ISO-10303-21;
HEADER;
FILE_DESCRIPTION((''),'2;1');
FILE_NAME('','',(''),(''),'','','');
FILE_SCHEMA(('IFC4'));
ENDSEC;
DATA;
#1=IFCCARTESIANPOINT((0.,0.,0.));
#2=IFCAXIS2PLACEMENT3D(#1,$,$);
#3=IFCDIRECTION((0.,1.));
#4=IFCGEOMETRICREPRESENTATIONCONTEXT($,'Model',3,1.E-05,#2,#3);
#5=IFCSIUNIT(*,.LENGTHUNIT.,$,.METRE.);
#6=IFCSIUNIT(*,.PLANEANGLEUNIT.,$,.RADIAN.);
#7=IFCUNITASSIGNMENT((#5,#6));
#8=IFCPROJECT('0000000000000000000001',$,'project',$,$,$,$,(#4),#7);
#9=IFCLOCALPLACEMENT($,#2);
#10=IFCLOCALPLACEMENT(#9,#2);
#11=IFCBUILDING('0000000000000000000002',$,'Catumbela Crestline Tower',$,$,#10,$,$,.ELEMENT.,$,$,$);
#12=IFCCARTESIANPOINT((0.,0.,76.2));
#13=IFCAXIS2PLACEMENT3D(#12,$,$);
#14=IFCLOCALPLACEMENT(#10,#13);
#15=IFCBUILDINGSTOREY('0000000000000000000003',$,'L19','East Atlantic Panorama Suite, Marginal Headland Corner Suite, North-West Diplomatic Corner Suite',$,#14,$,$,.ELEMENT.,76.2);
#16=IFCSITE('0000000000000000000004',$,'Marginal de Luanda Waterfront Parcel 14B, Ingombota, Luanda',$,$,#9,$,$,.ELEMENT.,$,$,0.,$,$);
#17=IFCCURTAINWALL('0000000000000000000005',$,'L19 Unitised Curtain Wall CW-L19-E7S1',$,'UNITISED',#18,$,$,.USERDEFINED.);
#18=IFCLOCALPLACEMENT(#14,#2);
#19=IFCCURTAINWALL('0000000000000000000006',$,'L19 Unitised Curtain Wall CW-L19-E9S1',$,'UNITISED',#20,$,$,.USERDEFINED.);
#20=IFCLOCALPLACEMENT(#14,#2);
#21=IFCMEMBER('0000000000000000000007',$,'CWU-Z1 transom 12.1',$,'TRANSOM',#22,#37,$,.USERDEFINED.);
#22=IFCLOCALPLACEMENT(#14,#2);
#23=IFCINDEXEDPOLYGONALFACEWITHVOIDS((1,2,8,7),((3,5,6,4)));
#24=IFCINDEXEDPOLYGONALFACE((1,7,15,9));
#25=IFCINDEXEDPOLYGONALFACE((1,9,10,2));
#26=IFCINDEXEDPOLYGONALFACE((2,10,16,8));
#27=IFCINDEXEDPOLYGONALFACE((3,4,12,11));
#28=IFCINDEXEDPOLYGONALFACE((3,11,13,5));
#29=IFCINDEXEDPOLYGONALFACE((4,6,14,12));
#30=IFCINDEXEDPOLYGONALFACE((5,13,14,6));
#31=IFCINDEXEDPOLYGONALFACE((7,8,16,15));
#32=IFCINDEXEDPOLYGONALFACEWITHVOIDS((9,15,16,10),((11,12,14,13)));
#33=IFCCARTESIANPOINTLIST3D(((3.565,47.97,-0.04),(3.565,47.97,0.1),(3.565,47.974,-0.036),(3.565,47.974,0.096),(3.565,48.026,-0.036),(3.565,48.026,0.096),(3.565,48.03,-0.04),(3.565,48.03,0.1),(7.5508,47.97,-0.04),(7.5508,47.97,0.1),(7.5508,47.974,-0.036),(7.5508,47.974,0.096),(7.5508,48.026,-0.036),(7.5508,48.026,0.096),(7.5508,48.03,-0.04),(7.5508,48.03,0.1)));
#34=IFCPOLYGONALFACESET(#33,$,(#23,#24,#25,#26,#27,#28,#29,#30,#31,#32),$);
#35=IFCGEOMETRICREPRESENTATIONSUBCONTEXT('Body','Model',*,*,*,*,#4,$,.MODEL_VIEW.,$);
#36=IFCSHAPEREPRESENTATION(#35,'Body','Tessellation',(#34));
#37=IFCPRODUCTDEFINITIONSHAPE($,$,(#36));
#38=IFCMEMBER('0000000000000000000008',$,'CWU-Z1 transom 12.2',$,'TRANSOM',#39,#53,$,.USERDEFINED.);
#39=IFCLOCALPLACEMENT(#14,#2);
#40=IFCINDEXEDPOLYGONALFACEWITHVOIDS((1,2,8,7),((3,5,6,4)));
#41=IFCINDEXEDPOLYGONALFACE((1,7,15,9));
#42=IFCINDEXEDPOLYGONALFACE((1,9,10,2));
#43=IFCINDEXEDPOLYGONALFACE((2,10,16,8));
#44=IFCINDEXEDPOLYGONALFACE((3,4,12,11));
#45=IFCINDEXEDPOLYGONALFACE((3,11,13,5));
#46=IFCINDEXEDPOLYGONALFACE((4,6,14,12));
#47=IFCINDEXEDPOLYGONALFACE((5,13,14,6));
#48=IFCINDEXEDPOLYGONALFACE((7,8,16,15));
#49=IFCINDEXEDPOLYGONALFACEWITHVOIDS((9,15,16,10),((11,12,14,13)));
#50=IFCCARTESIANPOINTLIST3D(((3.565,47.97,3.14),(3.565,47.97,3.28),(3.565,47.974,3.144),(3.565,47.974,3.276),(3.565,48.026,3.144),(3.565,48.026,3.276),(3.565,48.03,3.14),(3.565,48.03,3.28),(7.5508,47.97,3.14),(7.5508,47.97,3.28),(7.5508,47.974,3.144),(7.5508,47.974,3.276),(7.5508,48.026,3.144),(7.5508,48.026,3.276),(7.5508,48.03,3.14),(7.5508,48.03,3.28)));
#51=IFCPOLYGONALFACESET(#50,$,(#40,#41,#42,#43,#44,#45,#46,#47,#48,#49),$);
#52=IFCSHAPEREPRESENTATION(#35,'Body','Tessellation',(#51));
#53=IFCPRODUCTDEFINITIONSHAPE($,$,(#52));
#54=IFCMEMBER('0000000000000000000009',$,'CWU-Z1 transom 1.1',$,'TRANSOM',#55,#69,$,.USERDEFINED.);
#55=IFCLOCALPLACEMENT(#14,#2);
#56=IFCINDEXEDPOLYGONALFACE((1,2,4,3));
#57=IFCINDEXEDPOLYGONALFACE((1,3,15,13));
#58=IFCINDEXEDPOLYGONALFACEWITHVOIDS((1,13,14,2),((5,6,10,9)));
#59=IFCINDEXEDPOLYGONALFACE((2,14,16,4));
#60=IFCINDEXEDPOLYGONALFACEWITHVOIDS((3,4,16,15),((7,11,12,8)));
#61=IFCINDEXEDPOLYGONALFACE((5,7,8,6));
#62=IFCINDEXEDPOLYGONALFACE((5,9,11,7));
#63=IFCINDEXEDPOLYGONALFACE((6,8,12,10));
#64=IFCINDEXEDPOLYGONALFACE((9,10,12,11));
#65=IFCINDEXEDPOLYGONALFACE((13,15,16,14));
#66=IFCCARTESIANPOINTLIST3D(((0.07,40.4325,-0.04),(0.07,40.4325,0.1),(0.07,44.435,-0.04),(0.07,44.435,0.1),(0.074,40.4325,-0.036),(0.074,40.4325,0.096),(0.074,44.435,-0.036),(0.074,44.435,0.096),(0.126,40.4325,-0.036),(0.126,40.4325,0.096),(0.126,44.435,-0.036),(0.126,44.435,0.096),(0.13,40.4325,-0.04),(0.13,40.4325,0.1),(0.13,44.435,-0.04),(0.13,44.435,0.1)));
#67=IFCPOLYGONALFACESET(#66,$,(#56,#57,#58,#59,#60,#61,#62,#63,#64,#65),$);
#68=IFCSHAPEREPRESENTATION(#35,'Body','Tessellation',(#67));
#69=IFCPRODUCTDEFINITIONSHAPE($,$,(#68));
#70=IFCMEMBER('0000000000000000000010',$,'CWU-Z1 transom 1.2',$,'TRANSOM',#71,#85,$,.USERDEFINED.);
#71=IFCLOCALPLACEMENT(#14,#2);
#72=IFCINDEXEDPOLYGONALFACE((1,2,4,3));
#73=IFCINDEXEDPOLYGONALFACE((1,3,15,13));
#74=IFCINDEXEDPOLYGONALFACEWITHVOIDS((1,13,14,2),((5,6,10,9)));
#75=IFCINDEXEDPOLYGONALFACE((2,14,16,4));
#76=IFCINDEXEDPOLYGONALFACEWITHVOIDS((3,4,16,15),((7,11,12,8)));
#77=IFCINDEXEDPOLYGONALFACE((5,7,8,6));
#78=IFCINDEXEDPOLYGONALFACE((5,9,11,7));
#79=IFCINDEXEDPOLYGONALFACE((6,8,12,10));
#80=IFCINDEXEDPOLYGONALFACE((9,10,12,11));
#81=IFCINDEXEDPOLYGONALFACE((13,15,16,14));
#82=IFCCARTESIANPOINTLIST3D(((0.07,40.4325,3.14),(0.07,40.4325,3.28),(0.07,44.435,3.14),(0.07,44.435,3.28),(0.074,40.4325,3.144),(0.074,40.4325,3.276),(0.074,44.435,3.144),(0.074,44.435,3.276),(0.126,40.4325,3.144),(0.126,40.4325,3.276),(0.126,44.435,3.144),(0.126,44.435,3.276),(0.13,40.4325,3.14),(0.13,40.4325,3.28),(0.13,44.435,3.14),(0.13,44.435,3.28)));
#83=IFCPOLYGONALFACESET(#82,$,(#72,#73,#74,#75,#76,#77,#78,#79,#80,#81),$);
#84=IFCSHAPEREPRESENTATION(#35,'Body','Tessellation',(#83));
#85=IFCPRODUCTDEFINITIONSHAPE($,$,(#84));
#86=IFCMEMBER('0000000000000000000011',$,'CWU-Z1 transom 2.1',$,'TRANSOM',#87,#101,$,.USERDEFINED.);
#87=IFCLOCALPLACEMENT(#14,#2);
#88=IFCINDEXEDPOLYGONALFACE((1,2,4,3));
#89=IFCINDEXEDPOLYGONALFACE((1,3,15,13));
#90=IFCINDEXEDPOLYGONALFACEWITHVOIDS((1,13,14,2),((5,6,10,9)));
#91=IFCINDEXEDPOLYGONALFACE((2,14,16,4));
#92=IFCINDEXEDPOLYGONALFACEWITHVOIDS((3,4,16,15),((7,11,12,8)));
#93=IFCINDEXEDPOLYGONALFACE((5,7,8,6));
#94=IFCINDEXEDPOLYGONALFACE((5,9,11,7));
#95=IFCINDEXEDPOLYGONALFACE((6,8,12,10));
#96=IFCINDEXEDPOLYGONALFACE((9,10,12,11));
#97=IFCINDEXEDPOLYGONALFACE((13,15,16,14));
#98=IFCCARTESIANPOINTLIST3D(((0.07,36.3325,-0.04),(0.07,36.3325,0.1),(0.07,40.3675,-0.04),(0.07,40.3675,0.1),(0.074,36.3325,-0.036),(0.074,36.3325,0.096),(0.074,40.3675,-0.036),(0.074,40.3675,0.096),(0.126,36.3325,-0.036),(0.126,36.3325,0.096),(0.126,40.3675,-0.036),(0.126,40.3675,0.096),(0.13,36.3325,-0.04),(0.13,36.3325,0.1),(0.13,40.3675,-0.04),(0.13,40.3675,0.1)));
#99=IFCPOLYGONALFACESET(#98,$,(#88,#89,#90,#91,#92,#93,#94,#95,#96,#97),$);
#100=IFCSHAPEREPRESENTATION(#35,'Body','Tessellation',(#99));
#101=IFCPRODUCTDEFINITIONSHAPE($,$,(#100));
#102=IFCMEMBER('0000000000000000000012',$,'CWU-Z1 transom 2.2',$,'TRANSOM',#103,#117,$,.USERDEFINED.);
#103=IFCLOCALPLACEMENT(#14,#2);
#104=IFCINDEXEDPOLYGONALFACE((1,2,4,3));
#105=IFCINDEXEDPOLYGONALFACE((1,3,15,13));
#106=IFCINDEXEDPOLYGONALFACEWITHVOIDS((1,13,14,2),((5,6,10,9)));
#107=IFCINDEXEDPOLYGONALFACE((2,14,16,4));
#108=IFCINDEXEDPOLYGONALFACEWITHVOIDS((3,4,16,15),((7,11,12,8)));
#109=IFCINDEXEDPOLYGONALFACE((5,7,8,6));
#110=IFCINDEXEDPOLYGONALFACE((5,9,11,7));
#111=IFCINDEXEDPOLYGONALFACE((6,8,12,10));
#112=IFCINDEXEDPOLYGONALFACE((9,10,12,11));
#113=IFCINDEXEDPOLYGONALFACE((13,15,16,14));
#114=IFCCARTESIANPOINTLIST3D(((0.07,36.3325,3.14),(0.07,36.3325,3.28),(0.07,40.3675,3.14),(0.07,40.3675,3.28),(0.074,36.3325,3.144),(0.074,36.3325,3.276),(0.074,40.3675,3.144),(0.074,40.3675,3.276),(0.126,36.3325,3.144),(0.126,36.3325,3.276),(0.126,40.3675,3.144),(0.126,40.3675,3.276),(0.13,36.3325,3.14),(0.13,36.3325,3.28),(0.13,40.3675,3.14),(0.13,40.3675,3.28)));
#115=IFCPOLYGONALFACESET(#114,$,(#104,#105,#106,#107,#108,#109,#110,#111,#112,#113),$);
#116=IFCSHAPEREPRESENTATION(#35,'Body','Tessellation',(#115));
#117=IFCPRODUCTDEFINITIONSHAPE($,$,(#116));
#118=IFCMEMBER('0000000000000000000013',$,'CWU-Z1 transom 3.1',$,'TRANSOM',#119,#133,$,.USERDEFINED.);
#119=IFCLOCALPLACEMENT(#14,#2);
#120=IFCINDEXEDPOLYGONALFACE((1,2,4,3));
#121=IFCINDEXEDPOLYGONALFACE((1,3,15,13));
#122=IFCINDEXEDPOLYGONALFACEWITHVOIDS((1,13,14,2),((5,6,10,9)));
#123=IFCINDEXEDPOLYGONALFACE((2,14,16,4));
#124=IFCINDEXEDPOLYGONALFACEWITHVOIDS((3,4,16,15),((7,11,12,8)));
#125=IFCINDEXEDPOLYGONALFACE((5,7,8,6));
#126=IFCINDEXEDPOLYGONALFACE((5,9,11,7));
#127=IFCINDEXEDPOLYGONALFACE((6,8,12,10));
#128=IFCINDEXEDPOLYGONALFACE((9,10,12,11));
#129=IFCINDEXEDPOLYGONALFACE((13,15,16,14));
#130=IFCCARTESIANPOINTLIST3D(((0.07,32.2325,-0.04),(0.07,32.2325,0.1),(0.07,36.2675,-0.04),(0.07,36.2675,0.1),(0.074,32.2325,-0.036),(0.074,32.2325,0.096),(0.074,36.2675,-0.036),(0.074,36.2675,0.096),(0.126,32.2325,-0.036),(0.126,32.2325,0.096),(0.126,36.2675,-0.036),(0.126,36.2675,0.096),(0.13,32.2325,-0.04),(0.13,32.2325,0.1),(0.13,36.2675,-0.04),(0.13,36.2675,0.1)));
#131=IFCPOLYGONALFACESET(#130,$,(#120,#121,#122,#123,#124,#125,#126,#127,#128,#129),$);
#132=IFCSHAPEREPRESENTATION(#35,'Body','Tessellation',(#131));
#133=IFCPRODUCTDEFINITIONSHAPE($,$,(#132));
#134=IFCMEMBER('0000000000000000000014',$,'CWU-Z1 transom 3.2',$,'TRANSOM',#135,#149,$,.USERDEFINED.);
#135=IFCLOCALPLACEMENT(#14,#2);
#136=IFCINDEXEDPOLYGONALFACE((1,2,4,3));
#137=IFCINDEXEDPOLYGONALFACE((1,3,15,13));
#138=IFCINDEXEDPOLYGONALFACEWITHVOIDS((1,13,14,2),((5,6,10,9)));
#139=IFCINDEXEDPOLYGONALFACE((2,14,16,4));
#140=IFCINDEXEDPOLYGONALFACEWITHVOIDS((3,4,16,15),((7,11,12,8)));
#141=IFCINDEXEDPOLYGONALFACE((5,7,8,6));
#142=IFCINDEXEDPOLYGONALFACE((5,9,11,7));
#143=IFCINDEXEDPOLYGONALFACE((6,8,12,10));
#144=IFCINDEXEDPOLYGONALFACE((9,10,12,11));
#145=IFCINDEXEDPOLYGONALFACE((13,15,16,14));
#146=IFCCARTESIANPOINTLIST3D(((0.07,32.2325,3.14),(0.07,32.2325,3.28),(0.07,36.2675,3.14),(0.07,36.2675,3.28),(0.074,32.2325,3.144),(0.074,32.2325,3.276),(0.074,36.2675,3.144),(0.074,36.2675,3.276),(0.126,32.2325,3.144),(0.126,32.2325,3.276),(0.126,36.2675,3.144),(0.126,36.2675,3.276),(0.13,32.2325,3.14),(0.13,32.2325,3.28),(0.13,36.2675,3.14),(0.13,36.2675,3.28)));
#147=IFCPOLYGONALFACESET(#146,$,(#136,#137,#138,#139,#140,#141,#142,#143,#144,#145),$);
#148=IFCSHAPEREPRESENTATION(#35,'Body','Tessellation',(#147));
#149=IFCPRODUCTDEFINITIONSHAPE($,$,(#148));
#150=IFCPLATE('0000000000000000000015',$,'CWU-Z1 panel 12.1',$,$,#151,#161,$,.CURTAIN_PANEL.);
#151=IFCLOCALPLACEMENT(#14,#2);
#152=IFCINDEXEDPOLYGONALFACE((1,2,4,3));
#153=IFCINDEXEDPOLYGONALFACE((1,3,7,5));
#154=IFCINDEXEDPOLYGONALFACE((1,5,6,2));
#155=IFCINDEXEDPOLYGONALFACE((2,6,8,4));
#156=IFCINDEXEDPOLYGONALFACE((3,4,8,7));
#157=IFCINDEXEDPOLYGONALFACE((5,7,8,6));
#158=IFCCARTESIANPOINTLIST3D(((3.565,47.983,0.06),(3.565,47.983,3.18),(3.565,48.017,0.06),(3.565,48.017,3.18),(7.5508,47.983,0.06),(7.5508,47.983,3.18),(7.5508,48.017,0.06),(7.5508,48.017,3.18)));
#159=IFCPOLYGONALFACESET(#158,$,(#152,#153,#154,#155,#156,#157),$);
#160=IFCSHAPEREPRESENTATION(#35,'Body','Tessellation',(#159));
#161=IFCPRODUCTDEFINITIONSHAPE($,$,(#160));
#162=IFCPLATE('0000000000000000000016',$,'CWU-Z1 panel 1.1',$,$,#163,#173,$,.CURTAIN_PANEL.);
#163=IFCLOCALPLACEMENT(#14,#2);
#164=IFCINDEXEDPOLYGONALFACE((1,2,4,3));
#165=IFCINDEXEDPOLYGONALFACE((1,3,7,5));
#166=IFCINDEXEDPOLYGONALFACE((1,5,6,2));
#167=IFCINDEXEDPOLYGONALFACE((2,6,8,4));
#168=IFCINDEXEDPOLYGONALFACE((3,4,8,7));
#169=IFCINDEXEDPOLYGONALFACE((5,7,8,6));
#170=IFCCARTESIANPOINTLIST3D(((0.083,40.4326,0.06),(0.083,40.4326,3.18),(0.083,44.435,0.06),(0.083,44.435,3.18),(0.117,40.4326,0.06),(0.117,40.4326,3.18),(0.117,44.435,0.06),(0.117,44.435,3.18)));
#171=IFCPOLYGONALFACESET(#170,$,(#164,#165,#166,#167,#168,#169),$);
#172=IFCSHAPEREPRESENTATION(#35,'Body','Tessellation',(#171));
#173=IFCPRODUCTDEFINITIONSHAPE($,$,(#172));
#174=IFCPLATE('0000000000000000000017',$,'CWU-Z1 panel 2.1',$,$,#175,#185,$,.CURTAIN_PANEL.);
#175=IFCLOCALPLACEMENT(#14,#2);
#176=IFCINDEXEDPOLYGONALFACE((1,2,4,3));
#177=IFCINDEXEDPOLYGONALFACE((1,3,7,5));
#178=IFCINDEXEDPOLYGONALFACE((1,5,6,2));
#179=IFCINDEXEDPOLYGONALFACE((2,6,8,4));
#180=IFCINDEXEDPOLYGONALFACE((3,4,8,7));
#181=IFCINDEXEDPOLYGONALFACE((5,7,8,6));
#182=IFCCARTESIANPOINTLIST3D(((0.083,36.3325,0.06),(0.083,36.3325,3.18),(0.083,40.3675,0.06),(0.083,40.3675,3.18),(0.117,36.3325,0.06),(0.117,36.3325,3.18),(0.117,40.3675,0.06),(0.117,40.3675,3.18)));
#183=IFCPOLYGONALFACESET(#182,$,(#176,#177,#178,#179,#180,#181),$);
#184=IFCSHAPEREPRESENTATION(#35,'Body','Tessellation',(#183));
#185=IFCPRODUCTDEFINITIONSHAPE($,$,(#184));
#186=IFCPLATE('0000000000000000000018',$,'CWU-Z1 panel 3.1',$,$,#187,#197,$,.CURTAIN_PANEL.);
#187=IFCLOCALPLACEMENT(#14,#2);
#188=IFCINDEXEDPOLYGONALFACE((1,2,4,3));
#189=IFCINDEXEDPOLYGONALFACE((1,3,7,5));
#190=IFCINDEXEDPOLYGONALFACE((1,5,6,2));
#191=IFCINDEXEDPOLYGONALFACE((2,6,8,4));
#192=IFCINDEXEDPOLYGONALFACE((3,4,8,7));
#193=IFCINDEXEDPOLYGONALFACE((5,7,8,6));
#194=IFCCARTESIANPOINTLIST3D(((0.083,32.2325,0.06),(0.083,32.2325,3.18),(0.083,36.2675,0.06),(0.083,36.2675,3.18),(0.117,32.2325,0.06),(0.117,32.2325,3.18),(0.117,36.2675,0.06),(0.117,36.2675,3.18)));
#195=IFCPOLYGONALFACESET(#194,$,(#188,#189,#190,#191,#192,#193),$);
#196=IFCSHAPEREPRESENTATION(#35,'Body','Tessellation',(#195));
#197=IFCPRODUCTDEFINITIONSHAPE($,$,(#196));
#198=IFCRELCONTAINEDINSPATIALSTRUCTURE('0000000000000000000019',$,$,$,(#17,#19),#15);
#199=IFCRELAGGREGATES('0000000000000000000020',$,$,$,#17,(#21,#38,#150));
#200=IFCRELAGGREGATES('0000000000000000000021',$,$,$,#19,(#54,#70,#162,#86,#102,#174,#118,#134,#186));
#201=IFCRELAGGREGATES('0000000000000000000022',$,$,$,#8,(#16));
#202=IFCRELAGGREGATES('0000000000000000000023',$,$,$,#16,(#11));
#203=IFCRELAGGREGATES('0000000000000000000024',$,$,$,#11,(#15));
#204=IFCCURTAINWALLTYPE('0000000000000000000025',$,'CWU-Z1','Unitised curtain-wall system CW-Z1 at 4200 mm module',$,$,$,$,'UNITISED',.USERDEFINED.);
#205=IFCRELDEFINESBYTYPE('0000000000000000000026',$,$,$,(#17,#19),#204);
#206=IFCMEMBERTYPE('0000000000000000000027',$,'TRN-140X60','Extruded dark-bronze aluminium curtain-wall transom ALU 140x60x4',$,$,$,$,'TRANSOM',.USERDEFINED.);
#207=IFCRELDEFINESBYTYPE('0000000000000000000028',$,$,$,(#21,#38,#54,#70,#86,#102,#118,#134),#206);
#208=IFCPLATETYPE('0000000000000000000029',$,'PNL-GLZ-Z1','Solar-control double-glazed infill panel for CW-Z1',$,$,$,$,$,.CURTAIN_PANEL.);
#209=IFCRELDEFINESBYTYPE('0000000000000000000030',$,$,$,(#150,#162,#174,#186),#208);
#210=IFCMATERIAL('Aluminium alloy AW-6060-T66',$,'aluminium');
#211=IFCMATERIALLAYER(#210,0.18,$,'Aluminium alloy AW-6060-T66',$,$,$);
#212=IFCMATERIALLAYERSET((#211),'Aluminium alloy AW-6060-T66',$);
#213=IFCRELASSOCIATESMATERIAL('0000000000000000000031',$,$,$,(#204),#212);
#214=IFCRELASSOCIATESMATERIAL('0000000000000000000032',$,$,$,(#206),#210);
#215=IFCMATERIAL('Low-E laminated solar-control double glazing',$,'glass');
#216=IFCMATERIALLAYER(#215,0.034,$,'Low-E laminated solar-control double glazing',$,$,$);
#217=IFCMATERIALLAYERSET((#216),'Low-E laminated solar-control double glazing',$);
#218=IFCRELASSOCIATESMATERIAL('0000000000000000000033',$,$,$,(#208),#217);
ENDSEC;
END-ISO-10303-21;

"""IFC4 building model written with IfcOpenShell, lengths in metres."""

from ifc_helpers import new_model, si_unit, direction, frame, origin, origin_2d, place, context, subcontext, project, spatial, rectangle, hollow_rectangle, extrude, material, layer, layer_set, material_profile, profile_set, type_object, element, aggregate, save


model = new_model("IFC4")

# Units and contexts
model_context = context("Model", 3, precision=1e-05, world=origin(), true_north=direction((0.0, 1.0)))
body_context = subcontext(model_context, "Body", "Model", "MODEL_VIEW")
ifc_project = project(units=[si_unit("LENGTHUNIT", "METRE"), si_unit("PLANEANGLEUNIT", "RADIAN")], contexts=[model_context])

# Site, building, storey
site_placement = place(None, origin())
site = spatial("IfcSite", under=ifc_project, at=site_placement, Name="Marginal de Luanda Waterfront Parcel 14B, Ingombota, Luanda", CompositionType="ELEMENT", RefElevation=0.0)
building_placement = place(site_placement, origin())
building = spatial("IfcBuilding", under=site, at=building_placement, Name="Catumbela Crestline Tower", CompositionType="ELEMENT")
storey_placement = place(building_placement, frame((0.0, 0.0, 76.2)))
storey = spatial("IfcBuildingStorey", under=building, at=storey_placement, Name="L19", Description="East Atlantic Panorama Suite, Marginal Headland Corner Suite, North-West Diplomatic Corner Suite", CompositionType="ELEMENT", Elevation=76.2)

# Curtain wall
ifc_material_1 = material(Name="Aluminium alloy AW-6060-T66", Category="aluminium")
ifc_layer_1 = layer(ifc_material_1, 0.18, Name="Aluminium alloy AW-6060-T66")
ifc_layer_set_1 = layer_set([ifc_layer_1], Name="Aluminium alloy AW-6060-T66")
curtain_wall_type = type_object("IfcCurtainWallType", Name="CWU-Z1", Description="Unitised curtain-wall system CW-Z1 at 4200 mm module", ElementType="UNITISED", PredefinedType="USERDEFINED", material=ifc_layer_set_1)
curtain_wall_1_placement = place(storey_placement, origin())
curtain_wall_1 = element("IfcCurtainWall", 1, at=curtain_wall_1_placement, inside=storey, type_object=curtain_wall_type, Name="L19 Unitised Curtain Wall CW-L19-E7S1", ObjectType="UNITISED", PredefinedType="USERDEFINED")

# Curtain wall
curtain_wall_2_placement = place(storey_placement, origin())
curtain_wall_2 = element("IfcCurtainWall", 2, at=curtain_wall_2_placement, inside=storey, type_object=curtain_wall_type, Name="L19 Unitised Curtain Wall CW-L19-E9S1", ObjectType="UNITISED", PredefinedType="USERDEFINED")

# Members
ifc_material_profile_1 = material_profile(ifc_material_1, hollow_rectangle(XDim=0.06, YDim=0.14, WallThickness=0.004, at=origin_2d()), Name="ALU 140x60x4")
ifc_profile_set_1 = profile_set([ifc_material_profile_1], Name="Aluminium alloy AW-6060-T66")
member_type_1 = type_object("IfcMemberType", Name="TRN-140X60", Description="Extruded dark-bronze aluminium curtain-wall transom ALU 140x60x4", ElementType="TRANSOM", PredefinedType="USERDEFINED", material=ifc_profile_set_1)
member_1_placement = place(storey_placement, frame((7.5508, 48.0, 0.03), z_axis=(-1.0, 0.0, 0.0), x_axis=(0.0, -1.0, 0.0)))
member_1 = element("IfcMember", 3, at=member_1_placement, type_object=member_type_1, Name="CWU-Z1 transom 12.1", ObjectType="TRANSOM", PredefinedType="USERDEFINED", context=body_context, shape_type="SweptSolid", body=[
    extrude(hollow_rectangle(XDim=0.06, YDim=0.14, WallThickness=0.004, at=origin_2d()), origin(), (0.0, 0.0, 1.0), 3.9858),
])
member_2_placement = place(storey_placement, frame((7.5508, 48.0, 3.21), z_axis=(-1.0, 0.0, 0.0), x_axis=(0.0, -1.0, 0.0)))
member_2 = element("IfcMember", 4, at=member_2_placement, type_object=member_type_1, Name="CWU-Z1 transom 12.2", ObjectType="TRANSOM", PredefinedType="USERDEFINED", context=body_context, shape_type="SweptSolid", body=[
    extrude(hollow_rectangle(XDim=0.06, YDim=0.14, WallThickness=0.004, at=origin_2d()), origin(), (0.0, 0.0, 1.0), 3.9858),
])
member_3_placement = place(storey_placement, frame((0.1, 44.435, 0.03), z_axis=(0.0, -1.0, 0.0), x_axis=(1.0, 0.0, 0.0)))
member_3 = element("IfcMember", 5, at=member_3_placement, type_object=member_type_1, Name="CWU-Z1 transom 1.1", ObjectType="TRANSOM", PredefinedType="USERDEFINED", context=body_context, shape_type="SweptSolid", body=[
    extrude(hollow_rectangle(XDim=0.06, YDim=0.14, WallThickness=0.004, at=origin_2d()), origin(), (0.0, 0.0, 1.0), 4.0025),
])
member_4_placement = place(storey_placement, frame((0.1, 44.435, 3.21), z_axis=(0.0, -1.0, 0.0), x_axis=(1.0, 0.0, 0.0)))
member_4 = element("IfcMember", 6, at=member_4_placement, type_object=member_type_1, Name="CWU-Z1 transom 1.2", ObjectType="TRANSOM", PredefinedType="USERDEFINED", context=body_context, shape_type="SweptSolid", body=[
    extrude(hollow_rectangle(XDim=0.06, YDim=0.14, WallThickness=0.004, at=origin_2d()), origin(), (0.0, 0.0, 1.0), 4.0025),
])
member_5_placement = place(storey_placement, frame((0.1, 40.3675, 0.03), z_axis=(0.0, -1.0, 0.0), x_axis=(1.0, 0.0, 0.0)))
member_5 = element("IfcMember", 7, at=member_5_placement, type_object=member_type_1, Name="CWU-Z1 transom 2.1", ObjectType="TRANSOM", PredefinedType="USERDEFINED", context=body_context, shape_type="SweptSolid", body=[
    extrude(hollow_rectangle(XDim=0.06, YDim=0.14, WallThickness=0.004, at=origin_2d()), origin(), (0.0, 0.0, 1.0), 4.035),
])
member_6_placement = place(storey_placement, frame((0.1, 40.3675, 3.21), z_axis=(0.0, -1.0, 0.0), x_axis=(1.0, 0.0, 0.0)))
member_6 = element("IfcMember", 8, at=member_6_placement, type_object=member_type_1, Name="CWU-Z1 transom 2.2", ObjectType="TRANSOM", PredefinedType="USERDEFINED", context=body_context, shape_type="SweptSolid", body=[
    extrude(hollow_rectangle(XDim=0.06, YDim=0.14, WallThickness=0.004, at=origin_2d()), origin(), (0.0, 0.0, 1.0), 4.035),
])
member_7_placement = place(storey_placement, frame((0.1, 36.2675, 0.03), z_axis=(0.0, -1.0, 0.0), x_axis=(1.0, 0.0, 0.0)))
member_7 = element("IfcMember", 9, at=member_7_placement, type_object=member_type_1, Name="CWU-Z1 transom 3.1", ObjectType="TRANSOM", PredefinedType="USERDEFINED", context=body_context, shape_type="SweptSolid", body=[
    extrude(hollow_rectangle(XDim=0.06, YDim=0.14, WallThickness=0.004, at=origin_2d()), origin(), (0.0, 0.0, 1.0), 4.035),
])
member_8_placement = place(storey_placement, frame((0.1, 36.2675, 3.21), z_axis=(0.0, -1.0, 0.0), x_axis=(1.0, 0.0, 0.0)))
member_8 = element("IfcMember", 10, at=member_8_placement, type_object=member_type_1, Name="CWU-Z1 transom 3.2", ObjectType="TRANSOM", PredefinedType="USERDEFINED", context=body_context, shape_type="SweptSolid", body=[
    extrude(hollow_rectangle(XDim=0.06, YDim=0.14, WallThickness=0.004, at=origin_2d()), origin(), (0.0, 0.0, 1.0), 4.035),
])

# Plates
ifc_material_2 = material(Name="Low-E laminated solar-control double glazing", Category="glass")
ifc_layer_2 = layer(ifc_material_2, 0.034, Name="Low-E laminated solar-control double glazing")
ifc_layer_set_2 = layer_set([ifc_layer_2], Name="Low-E laminated solar-control double glazing")
plate_type = type_object("IfcPlateType", Name="PNL-GLZ-Z1", Description="Solar-control double-glazed infill panel for CW-Z1", PredefinedType="CURTAIN_PANEL", material=ifc_layer_set_2)
plate_1_placement = place(storey_placement, frame((5.5579, 48.0, 0.06), z_axis=(0.0, 0.0, 1.0), x_axis=(-1.0, 0.0, 0.0)))
plate_1 = element("IfcPlate", 11, at=plate_1_placement, type_object=plate_type, Name="CWU-Z1 panel 12.1", PredefinedType="CURTAIN_PANEL", context=body_context, shape_type="SweptSolid", body=[
    extrude(rectangle(XDim=3.9858, YDim=0.034, at=origin_2d()), origin(), (0.0, 0.0, 1.0), 3.12),
])
aggregate(curtain_wall_1, [member_1, member_2, plate_1])
plate_2_placement = place(storey_placement, frame((0.1, 42.4338, 0.06), z_axis=(0.0, 0.0, 1.0), x_axis=(0.0, -1.0, 0.0)))
plate_2 = element("IfcPlate", 12, at=plate_2_placement, type_object=plate_type, Name="CWU-Z1 panel 1.1", PredefinedType="CURTAIN_PANEL", context=body_context, shape_type="SweptSolid", body=[
    extrude(rectangle(XDim=4.0025, YDim=0.034, at=origin_2d()), origin(), (0.0, 0.0, 1.0), 3.12),
])
plate_3_placement = place(storey_placement, frame((0.1, 38.35, 0.06), z_axis=(0.0, 0.0, 1.0), x_axis=(0.0, -1.0, 0.0)))
plate_3 = element("IfcPlate", 13, at=plate_3_placement, type_object=plate_type, Name="CWU-Z1 panel 2.1", PredefinedType="CURTAIN_PANEL", context=body_context, shape_type="SweptSolid", body=[
    extrude(rectangle(XDim=4.035, YDim=0.034, at=origin_2d()), origin(), (0.0, 0.0, 1.0), 3.12),
])
plate_4_placement = place(storey_placement, frame((0.1, 34.25, 0.06), z_axis=(0.0, 0.0, 1.0), x_axis=(0.0, -1.0, 0.0)))
plate_4 = element("IfcPlate", 14, at=plate_4_placement, type_object=plate_type, Name="CWU-Z1 panel 3.1", PredefinedType="CURTAIN_PANEL", context=body_context, shape_type="SweptSolid", body=[
    extrude(rectangle(XDim=4.035, YDim=0.034, at=origin_2d()), origin(), (0.0, 0.0, 1.0), 3.12),
])
aggregate(curtain_wall_2, [member_3, member_4, plate_2, member_5, member_6, plate_3, member_7, member_8, plate_4])

save(model, "model.ifc")
